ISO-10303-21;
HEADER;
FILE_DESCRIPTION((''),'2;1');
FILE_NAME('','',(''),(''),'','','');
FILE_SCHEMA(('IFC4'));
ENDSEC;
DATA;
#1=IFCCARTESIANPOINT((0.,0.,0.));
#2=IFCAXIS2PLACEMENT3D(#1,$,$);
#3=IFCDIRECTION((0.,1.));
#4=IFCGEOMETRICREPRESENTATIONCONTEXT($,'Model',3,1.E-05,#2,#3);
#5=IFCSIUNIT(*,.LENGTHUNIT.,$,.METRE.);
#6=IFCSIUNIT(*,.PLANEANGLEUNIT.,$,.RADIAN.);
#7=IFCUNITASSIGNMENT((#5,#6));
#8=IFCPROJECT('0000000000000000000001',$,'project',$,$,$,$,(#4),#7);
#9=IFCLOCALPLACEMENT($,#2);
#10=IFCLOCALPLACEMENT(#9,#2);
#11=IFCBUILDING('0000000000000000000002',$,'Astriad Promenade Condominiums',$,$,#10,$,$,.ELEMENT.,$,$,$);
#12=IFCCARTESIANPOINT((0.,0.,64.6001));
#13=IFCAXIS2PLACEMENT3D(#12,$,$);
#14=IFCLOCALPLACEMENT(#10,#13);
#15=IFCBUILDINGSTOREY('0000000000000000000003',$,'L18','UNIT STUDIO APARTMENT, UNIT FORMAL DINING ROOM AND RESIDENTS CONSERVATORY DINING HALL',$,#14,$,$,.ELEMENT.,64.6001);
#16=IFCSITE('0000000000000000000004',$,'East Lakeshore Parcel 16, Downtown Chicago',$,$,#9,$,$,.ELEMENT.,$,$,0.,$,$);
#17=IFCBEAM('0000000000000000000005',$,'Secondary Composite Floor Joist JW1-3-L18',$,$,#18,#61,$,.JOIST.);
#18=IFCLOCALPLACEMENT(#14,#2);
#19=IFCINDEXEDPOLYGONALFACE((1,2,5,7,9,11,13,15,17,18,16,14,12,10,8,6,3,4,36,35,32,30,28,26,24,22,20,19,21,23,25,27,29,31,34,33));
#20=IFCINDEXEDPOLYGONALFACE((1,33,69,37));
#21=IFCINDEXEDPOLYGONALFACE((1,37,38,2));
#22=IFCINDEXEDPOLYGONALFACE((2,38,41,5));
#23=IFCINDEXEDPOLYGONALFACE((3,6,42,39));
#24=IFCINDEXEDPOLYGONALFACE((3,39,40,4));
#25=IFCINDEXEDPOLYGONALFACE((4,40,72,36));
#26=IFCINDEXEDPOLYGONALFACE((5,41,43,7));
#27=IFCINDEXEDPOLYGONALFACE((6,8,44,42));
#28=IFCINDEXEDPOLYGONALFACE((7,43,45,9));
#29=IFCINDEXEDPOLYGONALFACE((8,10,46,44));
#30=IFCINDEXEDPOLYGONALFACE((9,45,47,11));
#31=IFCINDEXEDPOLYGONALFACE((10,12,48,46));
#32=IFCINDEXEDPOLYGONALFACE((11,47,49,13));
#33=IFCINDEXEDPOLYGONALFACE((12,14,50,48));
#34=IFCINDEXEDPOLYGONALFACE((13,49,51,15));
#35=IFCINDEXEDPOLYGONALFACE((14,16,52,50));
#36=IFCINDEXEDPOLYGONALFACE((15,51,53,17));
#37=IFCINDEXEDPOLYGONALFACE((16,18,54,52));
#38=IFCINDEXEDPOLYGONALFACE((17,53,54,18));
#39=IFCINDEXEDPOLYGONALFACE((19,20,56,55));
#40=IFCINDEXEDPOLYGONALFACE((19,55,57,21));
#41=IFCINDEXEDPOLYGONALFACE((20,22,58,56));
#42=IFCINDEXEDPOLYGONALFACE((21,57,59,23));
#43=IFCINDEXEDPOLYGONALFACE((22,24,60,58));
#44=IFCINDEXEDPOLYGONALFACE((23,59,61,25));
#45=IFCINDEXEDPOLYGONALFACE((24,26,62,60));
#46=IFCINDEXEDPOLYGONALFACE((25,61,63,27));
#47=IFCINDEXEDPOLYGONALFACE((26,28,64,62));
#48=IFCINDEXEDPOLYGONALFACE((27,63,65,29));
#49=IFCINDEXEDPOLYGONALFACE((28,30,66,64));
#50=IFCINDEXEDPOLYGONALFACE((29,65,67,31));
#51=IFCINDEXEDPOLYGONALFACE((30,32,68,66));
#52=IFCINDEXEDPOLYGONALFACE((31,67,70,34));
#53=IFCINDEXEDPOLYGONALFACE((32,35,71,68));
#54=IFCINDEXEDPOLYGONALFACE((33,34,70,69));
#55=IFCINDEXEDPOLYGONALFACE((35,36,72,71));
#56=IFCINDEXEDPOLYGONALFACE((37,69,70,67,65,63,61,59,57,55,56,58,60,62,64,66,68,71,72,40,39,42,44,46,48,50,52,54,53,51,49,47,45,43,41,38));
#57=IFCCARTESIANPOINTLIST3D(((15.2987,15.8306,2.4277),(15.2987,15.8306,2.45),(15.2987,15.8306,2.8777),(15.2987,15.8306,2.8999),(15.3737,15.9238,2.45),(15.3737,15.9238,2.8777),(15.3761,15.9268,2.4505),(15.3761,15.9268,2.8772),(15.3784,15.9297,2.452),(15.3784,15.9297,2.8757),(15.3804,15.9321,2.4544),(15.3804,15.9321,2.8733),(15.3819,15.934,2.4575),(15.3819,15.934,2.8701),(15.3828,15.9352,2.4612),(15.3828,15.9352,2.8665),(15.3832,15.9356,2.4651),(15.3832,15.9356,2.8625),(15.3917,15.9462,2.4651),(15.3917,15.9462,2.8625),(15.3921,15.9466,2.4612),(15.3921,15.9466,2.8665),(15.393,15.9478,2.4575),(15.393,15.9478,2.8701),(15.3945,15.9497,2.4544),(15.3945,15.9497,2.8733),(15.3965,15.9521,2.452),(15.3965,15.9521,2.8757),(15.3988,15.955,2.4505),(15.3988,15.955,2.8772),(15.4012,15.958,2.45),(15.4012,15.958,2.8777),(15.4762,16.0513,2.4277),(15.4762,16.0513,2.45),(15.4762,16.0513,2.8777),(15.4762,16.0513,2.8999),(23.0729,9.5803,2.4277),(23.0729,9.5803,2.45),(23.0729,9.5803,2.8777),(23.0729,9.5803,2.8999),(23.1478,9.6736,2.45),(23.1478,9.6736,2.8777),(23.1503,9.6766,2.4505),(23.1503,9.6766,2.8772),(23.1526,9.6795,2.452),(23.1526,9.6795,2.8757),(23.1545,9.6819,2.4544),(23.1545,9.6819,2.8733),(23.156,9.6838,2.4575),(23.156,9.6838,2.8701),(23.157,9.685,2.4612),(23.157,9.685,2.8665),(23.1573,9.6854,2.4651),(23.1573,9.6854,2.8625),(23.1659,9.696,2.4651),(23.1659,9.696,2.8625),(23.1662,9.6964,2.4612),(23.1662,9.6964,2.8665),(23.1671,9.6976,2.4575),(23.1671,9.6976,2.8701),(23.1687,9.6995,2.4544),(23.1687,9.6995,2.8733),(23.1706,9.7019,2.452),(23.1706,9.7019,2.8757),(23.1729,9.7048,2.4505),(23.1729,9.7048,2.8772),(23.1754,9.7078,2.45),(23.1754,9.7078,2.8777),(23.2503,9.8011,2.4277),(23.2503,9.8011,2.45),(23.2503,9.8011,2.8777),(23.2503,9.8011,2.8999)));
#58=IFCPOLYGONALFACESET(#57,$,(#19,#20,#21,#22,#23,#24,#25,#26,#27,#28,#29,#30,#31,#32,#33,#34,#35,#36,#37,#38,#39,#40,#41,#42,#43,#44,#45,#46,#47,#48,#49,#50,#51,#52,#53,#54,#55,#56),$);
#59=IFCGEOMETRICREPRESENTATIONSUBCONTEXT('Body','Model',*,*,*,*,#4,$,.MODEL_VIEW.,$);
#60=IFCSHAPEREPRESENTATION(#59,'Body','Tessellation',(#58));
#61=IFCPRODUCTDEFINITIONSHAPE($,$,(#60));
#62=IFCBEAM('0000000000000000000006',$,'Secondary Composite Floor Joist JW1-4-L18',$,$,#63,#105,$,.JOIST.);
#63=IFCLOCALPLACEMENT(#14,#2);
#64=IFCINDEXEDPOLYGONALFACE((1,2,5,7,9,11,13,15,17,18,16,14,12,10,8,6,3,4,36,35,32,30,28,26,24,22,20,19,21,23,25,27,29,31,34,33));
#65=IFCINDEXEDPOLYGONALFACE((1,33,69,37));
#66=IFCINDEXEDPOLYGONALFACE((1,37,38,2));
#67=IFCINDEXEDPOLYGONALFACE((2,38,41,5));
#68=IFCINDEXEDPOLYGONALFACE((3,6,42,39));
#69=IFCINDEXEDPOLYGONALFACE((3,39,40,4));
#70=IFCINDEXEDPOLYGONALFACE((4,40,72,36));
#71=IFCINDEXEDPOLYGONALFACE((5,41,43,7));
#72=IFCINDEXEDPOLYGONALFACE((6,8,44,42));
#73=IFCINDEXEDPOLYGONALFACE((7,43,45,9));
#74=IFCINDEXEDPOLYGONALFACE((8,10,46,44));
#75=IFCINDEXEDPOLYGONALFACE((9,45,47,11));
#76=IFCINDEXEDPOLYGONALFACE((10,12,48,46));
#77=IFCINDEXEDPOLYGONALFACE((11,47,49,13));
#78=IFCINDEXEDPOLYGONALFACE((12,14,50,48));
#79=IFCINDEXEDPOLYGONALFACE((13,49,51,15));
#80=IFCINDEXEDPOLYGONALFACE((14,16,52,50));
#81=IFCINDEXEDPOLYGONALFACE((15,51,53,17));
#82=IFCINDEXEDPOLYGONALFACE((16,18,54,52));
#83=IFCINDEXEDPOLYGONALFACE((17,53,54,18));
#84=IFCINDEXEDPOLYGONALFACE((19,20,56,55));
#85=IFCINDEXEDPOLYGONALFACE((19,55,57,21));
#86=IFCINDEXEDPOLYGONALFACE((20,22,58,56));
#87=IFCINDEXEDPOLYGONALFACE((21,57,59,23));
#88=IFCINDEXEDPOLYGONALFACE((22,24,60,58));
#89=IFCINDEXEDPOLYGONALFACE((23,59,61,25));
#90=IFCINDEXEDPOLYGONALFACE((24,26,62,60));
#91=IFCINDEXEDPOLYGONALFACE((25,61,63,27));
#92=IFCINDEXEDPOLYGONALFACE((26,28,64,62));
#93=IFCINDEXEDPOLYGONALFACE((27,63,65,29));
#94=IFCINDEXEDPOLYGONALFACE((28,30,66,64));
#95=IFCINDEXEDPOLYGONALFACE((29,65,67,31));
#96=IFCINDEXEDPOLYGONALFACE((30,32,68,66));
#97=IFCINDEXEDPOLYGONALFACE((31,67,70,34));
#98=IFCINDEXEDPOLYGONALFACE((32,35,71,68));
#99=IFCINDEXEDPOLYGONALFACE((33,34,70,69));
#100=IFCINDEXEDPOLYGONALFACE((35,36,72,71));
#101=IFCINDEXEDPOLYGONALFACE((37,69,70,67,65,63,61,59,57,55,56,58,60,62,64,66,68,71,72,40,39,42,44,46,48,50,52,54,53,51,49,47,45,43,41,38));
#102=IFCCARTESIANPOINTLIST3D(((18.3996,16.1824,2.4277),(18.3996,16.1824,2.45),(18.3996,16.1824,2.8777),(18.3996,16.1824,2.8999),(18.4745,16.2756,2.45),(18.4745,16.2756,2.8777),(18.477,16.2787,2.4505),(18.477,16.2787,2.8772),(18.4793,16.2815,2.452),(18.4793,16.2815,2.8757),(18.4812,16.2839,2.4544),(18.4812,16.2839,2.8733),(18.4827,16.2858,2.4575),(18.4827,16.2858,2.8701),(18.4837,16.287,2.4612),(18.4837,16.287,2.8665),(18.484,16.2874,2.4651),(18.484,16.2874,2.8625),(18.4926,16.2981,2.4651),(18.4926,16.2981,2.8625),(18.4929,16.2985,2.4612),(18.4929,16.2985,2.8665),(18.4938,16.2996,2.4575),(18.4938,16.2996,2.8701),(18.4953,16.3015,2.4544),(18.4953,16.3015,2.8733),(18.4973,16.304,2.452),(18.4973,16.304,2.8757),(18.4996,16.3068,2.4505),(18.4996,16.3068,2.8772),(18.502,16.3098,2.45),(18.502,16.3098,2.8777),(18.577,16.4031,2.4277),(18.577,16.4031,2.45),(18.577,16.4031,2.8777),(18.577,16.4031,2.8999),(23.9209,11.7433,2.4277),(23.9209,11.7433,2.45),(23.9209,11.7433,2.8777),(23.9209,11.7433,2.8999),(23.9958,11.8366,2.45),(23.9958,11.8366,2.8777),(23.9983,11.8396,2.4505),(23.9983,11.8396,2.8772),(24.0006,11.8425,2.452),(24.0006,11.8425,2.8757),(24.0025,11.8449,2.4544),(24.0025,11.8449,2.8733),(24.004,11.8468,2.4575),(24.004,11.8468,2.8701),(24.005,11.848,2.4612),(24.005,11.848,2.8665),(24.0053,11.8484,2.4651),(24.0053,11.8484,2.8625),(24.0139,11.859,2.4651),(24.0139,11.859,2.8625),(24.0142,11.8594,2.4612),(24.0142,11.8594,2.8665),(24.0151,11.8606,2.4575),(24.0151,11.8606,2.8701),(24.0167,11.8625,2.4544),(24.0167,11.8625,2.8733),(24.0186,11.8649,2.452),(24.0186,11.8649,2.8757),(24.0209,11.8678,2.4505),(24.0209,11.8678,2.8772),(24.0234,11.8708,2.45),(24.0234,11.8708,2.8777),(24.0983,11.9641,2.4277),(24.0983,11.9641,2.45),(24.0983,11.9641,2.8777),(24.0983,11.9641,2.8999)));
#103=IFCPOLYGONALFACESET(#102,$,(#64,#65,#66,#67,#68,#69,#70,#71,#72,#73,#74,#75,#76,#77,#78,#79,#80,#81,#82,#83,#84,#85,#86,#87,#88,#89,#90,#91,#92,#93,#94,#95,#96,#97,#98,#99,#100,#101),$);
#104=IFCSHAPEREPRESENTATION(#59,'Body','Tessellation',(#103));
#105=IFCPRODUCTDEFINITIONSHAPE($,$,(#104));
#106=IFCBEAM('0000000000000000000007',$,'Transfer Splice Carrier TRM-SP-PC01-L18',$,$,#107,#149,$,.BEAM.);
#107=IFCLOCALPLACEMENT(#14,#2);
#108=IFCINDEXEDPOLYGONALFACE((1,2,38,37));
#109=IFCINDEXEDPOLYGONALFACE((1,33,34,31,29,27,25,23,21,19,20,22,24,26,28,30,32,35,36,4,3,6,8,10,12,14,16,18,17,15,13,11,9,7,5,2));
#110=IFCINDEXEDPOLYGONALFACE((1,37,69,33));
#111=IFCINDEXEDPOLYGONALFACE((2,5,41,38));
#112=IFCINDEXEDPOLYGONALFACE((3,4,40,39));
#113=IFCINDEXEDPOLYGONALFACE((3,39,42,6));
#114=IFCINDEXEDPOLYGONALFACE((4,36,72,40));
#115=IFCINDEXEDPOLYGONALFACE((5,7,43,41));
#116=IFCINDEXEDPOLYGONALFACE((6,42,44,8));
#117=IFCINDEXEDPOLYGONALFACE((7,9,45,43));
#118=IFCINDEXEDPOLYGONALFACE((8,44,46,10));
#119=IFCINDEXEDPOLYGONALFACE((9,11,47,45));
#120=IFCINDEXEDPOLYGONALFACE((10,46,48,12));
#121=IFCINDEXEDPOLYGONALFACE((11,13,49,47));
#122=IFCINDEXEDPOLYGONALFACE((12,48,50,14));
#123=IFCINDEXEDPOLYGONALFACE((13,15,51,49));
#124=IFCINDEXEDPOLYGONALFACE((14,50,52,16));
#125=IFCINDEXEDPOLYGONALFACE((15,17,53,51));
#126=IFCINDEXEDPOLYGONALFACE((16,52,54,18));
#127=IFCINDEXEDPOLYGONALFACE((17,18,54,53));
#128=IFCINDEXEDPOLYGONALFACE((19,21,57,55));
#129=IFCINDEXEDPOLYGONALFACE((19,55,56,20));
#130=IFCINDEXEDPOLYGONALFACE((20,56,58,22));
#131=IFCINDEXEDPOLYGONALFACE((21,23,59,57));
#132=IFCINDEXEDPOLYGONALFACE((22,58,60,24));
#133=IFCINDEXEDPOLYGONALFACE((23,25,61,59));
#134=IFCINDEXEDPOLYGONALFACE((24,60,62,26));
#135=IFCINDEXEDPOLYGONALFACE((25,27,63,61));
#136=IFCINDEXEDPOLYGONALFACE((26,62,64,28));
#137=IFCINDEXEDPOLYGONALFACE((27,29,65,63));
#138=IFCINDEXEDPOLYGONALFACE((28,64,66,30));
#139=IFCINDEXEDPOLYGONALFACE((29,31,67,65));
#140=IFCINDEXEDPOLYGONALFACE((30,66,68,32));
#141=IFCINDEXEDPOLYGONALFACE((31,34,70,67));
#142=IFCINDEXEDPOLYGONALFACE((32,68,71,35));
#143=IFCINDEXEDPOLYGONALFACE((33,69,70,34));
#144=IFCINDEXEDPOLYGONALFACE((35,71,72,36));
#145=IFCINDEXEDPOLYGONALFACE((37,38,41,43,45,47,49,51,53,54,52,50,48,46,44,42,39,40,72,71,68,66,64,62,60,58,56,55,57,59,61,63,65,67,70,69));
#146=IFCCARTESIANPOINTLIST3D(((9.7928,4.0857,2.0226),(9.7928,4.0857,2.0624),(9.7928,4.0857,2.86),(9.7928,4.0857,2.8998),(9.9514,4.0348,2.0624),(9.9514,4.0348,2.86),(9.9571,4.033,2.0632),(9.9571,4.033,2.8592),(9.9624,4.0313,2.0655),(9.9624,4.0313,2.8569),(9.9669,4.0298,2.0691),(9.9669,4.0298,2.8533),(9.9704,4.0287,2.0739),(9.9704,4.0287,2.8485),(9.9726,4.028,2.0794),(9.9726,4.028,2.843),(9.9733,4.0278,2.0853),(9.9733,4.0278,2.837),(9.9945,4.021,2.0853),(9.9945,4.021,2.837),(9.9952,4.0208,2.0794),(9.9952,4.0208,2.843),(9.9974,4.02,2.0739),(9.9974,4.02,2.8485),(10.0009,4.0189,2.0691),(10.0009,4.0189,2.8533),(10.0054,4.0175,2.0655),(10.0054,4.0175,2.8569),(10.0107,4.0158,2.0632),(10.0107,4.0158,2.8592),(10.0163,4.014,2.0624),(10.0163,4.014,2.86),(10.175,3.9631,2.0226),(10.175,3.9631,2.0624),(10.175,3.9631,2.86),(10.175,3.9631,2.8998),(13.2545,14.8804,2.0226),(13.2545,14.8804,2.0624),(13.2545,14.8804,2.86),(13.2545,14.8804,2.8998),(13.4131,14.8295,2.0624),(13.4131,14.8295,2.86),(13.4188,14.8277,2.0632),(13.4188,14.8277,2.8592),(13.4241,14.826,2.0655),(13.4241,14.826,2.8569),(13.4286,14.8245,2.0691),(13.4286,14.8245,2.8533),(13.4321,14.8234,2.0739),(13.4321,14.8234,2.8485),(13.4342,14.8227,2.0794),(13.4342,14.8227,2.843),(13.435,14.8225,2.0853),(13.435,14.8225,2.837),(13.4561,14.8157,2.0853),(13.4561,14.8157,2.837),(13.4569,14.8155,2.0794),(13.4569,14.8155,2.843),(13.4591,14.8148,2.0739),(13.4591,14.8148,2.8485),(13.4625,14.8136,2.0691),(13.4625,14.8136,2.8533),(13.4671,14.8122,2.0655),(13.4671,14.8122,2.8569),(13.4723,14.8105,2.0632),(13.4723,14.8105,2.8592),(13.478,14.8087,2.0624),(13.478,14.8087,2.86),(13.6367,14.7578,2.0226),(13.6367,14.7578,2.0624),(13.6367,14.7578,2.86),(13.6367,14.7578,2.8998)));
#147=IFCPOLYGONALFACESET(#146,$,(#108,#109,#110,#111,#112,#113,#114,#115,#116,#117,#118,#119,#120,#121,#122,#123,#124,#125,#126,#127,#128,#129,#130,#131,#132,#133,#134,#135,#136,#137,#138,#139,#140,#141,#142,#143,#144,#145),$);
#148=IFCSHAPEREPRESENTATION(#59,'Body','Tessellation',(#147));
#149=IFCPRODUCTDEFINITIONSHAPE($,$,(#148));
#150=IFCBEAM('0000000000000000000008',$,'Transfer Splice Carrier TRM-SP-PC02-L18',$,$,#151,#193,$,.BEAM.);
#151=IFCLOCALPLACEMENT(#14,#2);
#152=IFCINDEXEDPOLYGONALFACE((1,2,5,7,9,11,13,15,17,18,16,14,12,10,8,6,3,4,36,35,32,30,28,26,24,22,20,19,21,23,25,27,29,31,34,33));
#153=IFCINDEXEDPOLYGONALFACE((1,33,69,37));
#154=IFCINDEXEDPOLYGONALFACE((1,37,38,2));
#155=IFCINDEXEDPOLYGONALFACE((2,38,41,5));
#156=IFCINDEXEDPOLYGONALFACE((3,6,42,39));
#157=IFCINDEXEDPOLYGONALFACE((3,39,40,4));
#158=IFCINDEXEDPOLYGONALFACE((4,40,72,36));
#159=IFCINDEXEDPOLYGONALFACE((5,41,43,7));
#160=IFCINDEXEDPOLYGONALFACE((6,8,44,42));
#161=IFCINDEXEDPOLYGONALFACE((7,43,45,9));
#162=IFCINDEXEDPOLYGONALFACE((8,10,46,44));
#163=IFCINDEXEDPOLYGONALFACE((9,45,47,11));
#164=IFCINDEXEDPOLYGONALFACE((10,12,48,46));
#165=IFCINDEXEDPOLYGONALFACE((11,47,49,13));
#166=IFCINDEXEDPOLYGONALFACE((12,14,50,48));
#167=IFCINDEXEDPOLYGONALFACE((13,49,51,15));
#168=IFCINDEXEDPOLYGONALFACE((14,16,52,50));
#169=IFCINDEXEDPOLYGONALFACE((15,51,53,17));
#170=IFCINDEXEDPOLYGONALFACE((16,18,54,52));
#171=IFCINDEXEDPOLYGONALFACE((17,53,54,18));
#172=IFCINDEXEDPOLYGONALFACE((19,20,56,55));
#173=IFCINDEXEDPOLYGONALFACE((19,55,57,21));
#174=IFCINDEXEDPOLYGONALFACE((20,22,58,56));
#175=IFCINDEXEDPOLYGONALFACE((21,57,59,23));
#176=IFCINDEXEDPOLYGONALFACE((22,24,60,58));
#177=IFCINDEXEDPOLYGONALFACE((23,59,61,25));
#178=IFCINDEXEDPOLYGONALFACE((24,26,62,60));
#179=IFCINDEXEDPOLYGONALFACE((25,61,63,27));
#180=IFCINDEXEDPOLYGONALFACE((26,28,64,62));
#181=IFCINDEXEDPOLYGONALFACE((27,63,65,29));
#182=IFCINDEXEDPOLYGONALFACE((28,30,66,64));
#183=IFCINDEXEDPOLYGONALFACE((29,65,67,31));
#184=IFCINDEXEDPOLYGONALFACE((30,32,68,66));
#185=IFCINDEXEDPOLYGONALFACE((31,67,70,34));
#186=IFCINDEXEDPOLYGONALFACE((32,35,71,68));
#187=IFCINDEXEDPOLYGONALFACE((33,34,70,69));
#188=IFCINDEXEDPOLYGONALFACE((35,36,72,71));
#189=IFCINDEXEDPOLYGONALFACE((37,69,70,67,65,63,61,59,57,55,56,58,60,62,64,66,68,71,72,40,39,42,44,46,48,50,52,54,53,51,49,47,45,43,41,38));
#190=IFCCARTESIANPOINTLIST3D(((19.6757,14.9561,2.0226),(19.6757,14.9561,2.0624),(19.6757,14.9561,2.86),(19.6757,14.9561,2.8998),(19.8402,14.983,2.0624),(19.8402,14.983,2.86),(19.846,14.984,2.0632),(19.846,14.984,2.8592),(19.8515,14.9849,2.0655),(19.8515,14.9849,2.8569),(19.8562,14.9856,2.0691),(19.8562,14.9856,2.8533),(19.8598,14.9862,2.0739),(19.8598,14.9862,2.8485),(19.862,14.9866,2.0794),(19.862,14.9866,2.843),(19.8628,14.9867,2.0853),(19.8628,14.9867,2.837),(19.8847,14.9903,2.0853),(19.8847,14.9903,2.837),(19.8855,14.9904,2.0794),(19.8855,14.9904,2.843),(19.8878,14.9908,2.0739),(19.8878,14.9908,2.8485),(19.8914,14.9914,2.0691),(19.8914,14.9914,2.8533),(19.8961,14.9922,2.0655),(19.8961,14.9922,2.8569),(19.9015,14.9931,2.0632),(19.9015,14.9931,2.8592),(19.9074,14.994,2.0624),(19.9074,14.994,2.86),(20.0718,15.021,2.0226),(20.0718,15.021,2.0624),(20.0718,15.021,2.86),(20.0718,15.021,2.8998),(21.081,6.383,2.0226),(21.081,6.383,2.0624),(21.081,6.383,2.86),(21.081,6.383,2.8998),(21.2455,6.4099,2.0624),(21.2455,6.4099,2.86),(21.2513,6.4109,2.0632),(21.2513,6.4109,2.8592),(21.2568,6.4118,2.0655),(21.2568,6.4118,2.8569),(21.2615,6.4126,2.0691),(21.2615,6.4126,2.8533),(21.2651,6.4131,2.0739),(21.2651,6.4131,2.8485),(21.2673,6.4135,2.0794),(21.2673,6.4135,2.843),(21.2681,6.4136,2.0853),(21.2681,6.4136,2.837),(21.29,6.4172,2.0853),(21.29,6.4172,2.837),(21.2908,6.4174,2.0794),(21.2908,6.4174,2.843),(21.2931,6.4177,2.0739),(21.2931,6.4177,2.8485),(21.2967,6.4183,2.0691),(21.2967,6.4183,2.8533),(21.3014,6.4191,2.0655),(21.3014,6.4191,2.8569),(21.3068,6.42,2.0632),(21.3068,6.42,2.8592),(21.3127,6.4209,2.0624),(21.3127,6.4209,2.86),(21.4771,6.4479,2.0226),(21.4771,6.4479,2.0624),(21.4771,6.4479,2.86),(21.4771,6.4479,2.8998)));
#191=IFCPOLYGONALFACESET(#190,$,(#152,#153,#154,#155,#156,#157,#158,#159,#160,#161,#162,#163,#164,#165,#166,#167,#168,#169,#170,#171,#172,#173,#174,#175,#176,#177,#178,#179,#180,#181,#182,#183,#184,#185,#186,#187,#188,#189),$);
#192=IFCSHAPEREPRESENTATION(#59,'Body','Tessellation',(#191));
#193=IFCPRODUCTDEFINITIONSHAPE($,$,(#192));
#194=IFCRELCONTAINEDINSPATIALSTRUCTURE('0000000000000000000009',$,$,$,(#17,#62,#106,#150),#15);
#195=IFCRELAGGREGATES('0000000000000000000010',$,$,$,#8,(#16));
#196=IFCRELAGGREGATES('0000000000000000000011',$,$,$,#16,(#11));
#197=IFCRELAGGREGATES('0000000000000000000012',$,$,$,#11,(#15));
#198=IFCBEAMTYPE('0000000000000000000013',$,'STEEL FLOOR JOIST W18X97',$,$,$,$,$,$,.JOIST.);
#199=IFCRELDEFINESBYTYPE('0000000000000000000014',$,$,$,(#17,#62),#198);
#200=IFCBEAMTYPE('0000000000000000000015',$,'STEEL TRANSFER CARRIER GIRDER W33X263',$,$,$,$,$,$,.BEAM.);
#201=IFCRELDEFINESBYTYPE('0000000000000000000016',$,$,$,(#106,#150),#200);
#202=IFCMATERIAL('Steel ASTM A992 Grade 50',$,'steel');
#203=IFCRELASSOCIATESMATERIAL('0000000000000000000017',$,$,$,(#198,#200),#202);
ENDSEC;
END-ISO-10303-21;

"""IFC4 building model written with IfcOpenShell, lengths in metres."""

from ifc_helpers import new_model, si_unit, direction, frame, origin, origin_2d, place, context, subcontext, project, spatial, i_section, extrude, source, transform, mapped, material, material_profile, profile_set, type_object, type_shapes, element, save


model = new_model("IFC4")

# Units and contexts
model_context = context("Model", 3, precision=1e-05, world=origin(), true_north=direction((0.0, 1.0)))
body_context = subcontext(model_context, "Body", "Model", "MODEL_VIEW")
ifc_project = project(units=[si_unit("LENGTHUNIT", "METRE"), si_unit("PLANEANGLEUNIT", "RADIAN")], contexts=[model_context])

# Site, building, storey
site_placement = place(None, origin())
site = spatial("IfcSite", under=ifc_project, at=site_placement, Name="East Lakeshore Parcel 16, Downtown Chicago", CompositionType="ELEMENT", RefElevation=0.0)
building_placement = place(site_placement, origin())
building = spatial("IfcBuilding", under=site, at=building_placement, Name="Astriad Promenade Condominiums", CompositionType="ELEMENT")
storey_placement = place(building_placement, frame((0.0, 0.0, 64.6001)))
storey = spatial("IfcBuildingStorey", under=building, at=storey_placement, Name="L18", Description="UNIT STUDIO APARTMENT, UNIT FORMAL DINING ROOM AND RESIDENTS CONSERVATORY DINING HALL", CompositionType="ELEMENT", Elevation=64.6001)

# Beams
ifc_material_1 = material(Name="Steel ASTM A992 Grade 50", Category="steel")
ifc_material_profile_1 = material_profile(ifc_material_1, i_section(OverallWidth=0.2832, OverallDepth=0.4722, WebThickness=0.0137, FlangeThickness=0.0222, FilletRadius=0.0151, at=origin_2d()), Name="W18X97")
ifc_profile_set_1 = profile_set([ifc_material_profile_1], Name="Steel ASTM A992 Grade 50")
beam_type_1 = type_object("IfcBeamType", Name="STEEL FLOOR JOIST W18X97", PredefinedType="JOIST", material=ifc_profile_set_1)
shared_shape_1 = source(origin(), body_context, "Body", "SweptSolid", [
    extrude(i_section(OverallWidth=0.2832, OverallDepth=0.4722, WebThickness=0.0137, FlangeThickness=0.0222, FilletRadius=0.0151, at=origin_2d()), origin(), (0.0, 0.0, 1.0), 9.9751),
])
beam_1_placement = place(storey_placement, frame((15.3875, 15.9409, 2.6638), z_axis=(0.779355, -0.626583, 0.0), x_axis=(0.626583, 0.779355, 0.0)))
element("IfcBeam", 1, at=beam_1_placement, inside=storey, type_object=beam_type_1, Name="Secondary Composite Floor Joist JW1-3-L18", PredefinedType="JOIST", context=body_context, shape_type="MappedRepresentation", body=[
    mapped(shared_shape_1, transform((0.0, 0.0, 0.0), scale=1.0)),
])
shared_shape_2 = source(origin(), body_context, "Body", "SweptSolid", [
    extrude(i_section(OverallWidth=0.2832, OverallDepth=0.4722, WebThickness=0.0137, FlangeThickness=0.0222, FilletRadius=0.0151, at=origin_2d()), origin(), (0.0, 0.0, 1.0), 7.0845),
])
type_shapes(beam_type_1, [shared_shape_1, shared_shape_2])
beam_2_placement = place(storey_placement, frame((18.4883, 16.2927, 2.6638), z_axis=(0.779354, -0.626584, 0.0), x_axis=(0.626584, 0.779354, 0.0)))
element("IfcBeam", 2, at=beam_2_placement, inside=storey, type_object=beam_type_1, Name="Secondary Composite Floor Joist JW1-4-L18", PredefinedType="JOIST", context=body_context, shape_type="MappedRepresentation", body=[
    mapped(shared_shape_2, transform((0.0, 0.0, 0.0), scale=1.0)),
])
ifc_material_profile_2 = material_profile(ifc_material_1, i_section(OverallWidth=0.4014, OverallDepth=0.8772, WebThickness=0.0222, FlangeThickness=0.0398, FilletRadius=0.0229, at=origin_2d()), Name="W33X263")
ifc_profile_set_2 = profile_set([ifc_material_profile_2], Name="Steel ASTM A992 Grade 50")
beam_type_2 = type_object("IfcBeamType", Name="STEEL TRANSFER CARRIER GIRDER W33X263", PredefinedType="BEAM", material=ifc_profile_set_2)
shared_shape_3 = source(origin(), body_context, "Body", "SweptSolid", [
    extrude(i_section(OverallWidth=0.4014, OverallDepth=0.8772, WebThickness=0.0222, FlangeThickness=0.0398, FilletRadius=0.0229, at=origin_2d()), origin(), (0.0, 0.0, 1.0), 11.3362),
])
beam_3_placement = place(storey_placement, frame((13.4456, 14.8191, 2.4612), z_axis=(-0.305366, -0.952235, 0.0), x_axis=(0.952235, -0.305366, 0.0)))
element("IfcBeam", 3, at=beam_3_placement, inside=storey, type_object=beam_type_2, Name="Transfer Splice Carrier TRM-SP-PC01-L18", PredefinedType="BEAM", context=body_context, shape_type="MappedRepresentation", body=[
    mapped(shared_shape_3, transform((0.0, 0.0, 0.0), scale=1.0)),
])
shared_shape_4 = source(origin(), body_context, "Body", "SweptSolid", [
    extrude(i_section(OverallWidth=0.4014, OverallDepth=0.8772, WebThickness=0.0222, FlangeThickness=0.0398, FilletRadius=0.0229, at=origin_2d()), origin(), (0.0, 0.0, 1.0), 8.6875),
])
beam_4_placement = place(storey_placement, frame((19.8738, 14.9885, 2.4612), z_axis=(0.16176, -0.98683, 0.0), x_axis=(0.98683, 0.16176, 0.0)))
element("IfcBeam", 4, at=beam_4_placement, inside=storey, type_object=beam_type_2, Name="Transfer Splice Carrier TRM-SP-PC02-L18", PredefinedType="BEAM", context=body_context, shape_type="MappedRepresentation", body=[
    mapped(shared_shape_4, transform((0.0, 0.0, 0.0), scale=1.0)),
])

save(model, "model.ifc")
